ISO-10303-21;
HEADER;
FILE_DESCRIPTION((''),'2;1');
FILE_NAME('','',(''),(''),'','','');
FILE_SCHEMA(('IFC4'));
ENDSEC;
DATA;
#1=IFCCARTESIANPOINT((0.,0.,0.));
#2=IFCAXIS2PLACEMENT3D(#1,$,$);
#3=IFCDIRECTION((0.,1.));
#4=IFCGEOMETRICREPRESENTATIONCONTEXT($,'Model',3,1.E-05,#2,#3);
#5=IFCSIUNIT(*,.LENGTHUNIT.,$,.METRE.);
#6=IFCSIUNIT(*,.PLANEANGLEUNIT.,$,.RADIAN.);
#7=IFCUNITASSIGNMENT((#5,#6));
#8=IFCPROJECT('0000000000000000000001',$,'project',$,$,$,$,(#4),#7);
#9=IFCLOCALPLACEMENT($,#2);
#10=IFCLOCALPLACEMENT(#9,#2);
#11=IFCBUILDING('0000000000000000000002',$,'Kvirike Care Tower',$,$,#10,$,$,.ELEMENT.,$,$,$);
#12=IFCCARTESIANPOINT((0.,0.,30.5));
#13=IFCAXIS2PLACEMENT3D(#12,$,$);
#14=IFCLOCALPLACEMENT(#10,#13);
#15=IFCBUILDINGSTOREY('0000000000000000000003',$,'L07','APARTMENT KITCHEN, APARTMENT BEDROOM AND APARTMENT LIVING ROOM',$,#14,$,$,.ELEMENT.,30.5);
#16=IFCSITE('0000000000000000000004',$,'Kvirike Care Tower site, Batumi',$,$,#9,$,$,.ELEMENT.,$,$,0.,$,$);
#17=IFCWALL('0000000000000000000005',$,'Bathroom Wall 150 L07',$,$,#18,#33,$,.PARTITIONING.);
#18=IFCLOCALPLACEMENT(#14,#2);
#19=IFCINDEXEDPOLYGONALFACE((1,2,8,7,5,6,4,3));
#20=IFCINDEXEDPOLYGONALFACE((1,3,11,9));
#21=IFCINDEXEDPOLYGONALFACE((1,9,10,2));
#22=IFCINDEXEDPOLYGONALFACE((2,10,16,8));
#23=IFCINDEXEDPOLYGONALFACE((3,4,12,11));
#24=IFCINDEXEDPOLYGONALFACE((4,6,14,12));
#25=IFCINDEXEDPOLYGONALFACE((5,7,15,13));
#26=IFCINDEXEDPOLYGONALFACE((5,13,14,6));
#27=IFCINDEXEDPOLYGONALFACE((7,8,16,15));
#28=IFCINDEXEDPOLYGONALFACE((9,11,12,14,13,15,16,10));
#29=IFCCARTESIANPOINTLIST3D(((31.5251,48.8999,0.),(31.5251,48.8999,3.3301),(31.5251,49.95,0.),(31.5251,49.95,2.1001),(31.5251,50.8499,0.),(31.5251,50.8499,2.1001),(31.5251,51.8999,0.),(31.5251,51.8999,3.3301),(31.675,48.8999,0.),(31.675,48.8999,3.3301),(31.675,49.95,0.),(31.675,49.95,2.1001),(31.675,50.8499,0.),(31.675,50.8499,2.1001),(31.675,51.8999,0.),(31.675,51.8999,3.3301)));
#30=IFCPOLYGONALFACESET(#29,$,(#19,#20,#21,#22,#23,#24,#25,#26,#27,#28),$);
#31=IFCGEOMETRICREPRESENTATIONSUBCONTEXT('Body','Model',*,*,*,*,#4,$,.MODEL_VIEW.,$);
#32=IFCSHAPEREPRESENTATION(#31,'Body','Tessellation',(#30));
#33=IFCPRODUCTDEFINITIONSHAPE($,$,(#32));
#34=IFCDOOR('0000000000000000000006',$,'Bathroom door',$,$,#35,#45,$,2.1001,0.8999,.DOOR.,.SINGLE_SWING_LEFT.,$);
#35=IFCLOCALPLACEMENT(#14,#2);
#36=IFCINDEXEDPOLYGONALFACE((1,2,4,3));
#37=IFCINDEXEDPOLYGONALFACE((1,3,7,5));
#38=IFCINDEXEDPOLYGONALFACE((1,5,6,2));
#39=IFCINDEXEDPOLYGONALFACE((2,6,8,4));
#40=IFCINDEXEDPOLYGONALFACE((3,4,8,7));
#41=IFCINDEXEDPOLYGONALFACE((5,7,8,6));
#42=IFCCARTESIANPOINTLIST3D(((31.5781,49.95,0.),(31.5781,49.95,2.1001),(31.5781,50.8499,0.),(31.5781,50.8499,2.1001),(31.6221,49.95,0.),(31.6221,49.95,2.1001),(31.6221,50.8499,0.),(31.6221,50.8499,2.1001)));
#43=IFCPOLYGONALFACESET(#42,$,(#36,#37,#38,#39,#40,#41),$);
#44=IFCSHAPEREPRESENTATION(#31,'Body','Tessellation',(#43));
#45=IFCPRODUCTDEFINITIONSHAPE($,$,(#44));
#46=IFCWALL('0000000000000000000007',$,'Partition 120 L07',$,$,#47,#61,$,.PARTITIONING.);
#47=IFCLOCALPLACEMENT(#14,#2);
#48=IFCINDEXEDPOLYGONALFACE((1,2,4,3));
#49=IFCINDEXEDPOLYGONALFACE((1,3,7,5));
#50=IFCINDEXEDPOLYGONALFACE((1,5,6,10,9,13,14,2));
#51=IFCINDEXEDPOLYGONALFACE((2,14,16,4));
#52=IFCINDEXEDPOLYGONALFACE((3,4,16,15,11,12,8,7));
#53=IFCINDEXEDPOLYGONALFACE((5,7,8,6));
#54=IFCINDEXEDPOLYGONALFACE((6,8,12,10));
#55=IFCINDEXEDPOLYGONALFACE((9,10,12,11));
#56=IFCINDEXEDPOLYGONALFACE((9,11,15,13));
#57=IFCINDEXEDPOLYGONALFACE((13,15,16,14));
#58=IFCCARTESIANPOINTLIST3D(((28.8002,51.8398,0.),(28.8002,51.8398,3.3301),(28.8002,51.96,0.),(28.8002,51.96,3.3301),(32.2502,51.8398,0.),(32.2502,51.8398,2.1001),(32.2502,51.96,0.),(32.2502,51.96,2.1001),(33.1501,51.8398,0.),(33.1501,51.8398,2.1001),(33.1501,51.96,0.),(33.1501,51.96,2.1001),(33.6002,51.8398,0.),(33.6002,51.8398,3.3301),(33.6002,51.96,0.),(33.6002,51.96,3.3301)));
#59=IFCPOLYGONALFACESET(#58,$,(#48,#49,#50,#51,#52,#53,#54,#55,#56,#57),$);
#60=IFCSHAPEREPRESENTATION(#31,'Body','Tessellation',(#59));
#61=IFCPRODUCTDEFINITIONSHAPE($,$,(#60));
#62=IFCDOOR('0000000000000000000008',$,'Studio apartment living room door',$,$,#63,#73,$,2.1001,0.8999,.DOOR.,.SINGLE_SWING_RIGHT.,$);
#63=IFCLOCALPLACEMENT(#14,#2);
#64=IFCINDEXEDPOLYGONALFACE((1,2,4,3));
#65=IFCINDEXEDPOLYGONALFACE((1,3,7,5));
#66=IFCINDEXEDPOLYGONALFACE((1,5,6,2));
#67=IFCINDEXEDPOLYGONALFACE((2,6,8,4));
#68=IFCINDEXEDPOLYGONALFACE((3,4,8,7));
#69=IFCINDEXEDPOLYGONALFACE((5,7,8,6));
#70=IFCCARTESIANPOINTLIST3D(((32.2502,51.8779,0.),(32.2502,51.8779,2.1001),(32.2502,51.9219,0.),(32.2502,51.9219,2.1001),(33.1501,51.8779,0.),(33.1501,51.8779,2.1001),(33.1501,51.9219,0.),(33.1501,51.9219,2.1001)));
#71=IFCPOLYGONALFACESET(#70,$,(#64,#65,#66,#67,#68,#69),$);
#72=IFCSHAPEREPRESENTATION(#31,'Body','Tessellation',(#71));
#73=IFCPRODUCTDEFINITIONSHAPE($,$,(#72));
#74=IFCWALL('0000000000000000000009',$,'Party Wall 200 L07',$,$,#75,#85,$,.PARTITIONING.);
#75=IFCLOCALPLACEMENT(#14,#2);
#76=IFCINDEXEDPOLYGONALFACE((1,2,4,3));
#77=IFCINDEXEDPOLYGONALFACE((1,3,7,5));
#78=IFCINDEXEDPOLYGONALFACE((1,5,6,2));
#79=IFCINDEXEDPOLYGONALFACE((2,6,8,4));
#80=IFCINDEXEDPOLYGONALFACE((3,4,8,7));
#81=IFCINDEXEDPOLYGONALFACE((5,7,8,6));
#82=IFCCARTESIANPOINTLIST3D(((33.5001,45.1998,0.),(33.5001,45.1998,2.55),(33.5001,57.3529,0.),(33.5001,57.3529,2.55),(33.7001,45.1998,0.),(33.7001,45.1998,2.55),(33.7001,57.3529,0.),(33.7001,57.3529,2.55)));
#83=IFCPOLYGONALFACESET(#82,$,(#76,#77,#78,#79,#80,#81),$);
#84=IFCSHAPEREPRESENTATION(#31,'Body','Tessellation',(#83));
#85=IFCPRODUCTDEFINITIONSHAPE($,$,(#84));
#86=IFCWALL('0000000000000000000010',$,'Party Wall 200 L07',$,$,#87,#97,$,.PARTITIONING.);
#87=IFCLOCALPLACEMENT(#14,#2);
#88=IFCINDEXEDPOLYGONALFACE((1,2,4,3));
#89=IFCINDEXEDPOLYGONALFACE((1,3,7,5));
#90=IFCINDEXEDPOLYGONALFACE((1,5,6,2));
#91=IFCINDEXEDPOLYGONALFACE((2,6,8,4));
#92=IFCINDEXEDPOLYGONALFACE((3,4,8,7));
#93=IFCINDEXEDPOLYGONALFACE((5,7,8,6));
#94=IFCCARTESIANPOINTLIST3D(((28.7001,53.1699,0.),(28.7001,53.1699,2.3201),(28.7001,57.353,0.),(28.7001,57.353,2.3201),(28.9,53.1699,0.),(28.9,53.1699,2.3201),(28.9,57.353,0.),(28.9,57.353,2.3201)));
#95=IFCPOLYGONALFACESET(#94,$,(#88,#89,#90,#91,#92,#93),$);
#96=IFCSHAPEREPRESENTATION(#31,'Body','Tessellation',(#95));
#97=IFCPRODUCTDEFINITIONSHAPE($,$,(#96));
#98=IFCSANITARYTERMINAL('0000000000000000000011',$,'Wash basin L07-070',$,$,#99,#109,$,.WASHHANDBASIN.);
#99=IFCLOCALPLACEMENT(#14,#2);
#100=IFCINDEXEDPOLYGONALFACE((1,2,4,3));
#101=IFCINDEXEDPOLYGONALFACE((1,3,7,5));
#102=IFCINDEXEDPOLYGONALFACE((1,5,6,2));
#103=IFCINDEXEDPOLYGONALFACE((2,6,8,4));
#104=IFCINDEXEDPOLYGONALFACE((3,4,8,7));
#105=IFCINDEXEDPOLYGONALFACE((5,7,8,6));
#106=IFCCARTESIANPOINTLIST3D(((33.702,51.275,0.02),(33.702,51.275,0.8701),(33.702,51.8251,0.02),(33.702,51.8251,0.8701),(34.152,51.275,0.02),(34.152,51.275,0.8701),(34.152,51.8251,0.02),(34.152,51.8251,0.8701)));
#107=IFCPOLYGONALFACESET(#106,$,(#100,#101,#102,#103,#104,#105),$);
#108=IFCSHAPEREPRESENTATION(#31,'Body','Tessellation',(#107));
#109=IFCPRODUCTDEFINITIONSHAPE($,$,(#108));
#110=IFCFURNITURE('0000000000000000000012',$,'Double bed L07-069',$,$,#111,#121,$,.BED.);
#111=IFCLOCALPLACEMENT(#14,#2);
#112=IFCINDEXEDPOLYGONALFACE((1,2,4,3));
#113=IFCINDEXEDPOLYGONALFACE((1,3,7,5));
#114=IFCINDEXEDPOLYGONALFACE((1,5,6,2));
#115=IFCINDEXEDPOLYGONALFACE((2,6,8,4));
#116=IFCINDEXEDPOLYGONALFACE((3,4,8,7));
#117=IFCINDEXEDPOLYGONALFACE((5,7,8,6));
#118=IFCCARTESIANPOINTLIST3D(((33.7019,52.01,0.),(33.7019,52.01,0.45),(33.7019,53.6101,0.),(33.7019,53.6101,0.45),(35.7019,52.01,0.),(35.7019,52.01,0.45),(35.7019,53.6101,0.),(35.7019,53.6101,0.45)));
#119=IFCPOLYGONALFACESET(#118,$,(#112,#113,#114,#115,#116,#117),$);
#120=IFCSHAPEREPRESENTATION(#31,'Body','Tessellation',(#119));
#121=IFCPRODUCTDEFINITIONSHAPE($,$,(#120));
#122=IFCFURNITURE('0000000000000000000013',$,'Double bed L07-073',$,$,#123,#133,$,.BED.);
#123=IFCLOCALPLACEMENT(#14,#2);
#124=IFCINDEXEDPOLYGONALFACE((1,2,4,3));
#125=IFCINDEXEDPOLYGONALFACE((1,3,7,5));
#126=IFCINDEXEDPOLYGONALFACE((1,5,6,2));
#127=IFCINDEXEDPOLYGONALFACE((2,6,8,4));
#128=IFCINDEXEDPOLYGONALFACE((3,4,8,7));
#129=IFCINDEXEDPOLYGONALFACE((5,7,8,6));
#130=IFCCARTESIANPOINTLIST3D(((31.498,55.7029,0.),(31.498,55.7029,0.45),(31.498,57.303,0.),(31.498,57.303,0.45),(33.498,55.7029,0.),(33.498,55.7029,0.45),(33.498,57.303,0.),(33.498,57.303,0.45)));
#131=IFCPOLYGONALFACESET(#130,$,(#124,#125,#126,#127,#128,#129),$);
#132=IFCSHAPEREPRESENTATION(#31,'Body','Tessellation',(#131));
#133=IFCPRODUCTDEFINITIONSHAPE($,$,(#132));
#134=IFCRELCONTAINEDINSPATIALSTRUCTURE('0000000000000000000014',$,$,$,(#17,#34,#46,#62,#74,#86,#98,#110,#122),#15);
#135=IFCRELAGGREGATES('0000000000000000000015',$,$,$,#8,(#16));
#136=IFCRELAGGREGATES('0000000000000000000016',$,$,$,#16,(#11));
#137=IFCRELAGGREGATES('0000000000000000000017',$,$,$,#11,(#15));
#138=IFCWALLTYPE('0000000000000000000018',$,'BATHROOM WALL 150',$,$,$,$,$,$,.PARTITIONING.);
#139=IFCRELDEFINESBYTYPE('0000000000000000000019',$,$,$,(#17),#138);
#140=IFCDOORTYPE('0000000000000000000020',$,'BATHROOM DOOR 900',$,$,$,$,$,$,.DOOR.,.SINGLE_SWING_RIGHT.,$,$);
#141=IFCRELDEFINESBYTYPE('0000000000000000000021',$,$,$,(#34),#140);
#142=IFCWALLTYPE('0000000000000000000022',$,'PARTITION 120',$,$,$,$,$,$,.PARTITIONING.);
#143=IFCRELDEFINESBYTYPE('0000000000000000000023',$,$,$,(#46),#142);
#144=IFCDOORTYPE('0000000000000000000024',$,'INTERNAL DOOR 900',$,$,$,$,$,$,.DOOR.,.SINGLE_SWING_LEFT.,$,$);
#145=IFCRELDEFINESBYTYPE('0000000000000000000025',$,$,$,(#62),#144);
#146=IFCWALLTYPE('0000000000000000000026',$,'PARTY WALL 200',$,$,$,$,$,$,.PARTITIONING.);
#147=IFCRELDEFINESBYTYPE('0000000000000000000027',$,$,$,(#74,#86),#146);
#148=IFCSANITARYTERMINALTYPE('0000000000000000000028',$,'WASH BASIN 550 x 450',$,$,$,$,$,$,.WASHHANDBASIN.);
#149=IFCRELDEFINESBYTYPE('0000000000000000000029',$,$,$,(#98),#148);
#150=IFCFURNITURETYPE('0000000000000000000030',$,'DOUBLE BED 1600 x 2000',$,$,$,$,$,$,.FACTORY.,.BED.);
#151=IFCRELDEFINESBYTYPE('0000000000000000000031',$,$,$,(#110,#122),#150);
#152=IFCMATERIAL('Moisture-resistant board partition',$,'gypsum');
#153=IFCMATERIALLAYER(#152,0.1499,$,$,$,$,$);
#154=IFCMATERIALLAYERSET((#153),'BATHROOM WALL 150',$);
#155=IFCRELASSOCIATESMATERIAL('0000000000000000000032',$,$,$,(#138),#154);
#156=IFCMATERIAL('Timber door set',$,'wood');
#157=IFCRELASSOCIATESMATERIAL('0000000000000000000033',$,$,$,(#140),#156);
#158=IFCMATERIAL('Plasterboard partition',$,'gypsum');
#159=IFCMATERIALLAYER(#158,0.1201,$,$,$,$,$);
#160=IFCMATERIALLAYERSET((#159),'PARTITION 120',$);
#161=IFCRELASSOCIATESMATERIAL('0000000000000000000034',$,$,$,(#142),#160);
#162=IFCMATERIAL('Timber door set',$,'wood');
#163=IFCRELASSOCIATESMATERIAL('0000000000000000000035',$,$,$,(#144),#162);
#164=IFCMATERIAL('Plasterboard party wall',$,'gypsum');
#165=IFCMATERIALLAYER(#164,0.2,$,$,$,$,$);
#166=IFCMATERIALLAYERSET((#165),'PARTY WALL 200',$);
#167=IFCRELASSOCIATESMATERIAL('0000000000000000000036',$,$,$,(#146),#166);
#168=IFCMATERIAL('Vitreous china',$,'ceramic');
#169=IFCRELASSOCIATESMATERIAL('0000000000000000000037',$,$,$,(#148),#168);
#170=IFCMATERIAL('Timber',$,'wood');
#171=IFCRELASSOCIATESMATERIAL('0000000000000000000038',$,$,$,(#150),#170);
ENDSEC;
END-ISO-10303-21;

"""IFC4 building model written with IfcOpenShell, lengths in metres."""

from ifc_helpers import new_model, si_unit, direction, frame, frame_2d, origin, origin_2d, place, context, subcontext, project, spatial, rectangle, extrude, material, layer, layer_set, type_object, element, fill, save


model = new_model("IFC4")

# Units and contexts
model_context = context("Model", 3, precision=1e-05, world=origin(), true_north=direction((0.0, 1.0)))
body_context = subcontext(model_context, "Body", "Model", "MODEL_VIEW")
ifc_project = project(units=[si_unit("LENGTHUNIT", "METRE"), si_unit("PLANEANGLEUNIT", "RADIAN")], contexts=[model_context])

# Site, building, storey
site_placement = place(None, origin())
site = spatial("IfcSite", under=ifc_project, at=site_placement, Name="Kvirike Care Tower site, Batumi", CompositionType="ELEMENT", RefElevation=0.0)
building_placement = place(site_placement, origin())
building = spatial("IfcBuilding", under=site, at=building_placement, Name="Kvirike Care Tower", CompositionType="ELEMENT")
storey_placement = place(building_placement, frame((0.0, 0.0, 30.5)))
storey = spatial("IfcBuildingStorey", under=building, at=storey_placement, Name="L07", Description="APARTMENT KITCHEN, APARTMENT BEDROOM AND APARTMENT LIVING ROOM", CompositionType="ELEMENT", Elevation=30.5)

# Walls, openings, doors
ifc_material_1 = material(Name="Moisture-resistant board partition", Category="gypsum")
ifc_layer_1 = layer(ifc_material_1, 0.1499)
ifc_layer_set_1 = layer_set([ifc_layer_1], Name="BATHROOM WALL 150")
wall_type_1 = type_object("IfcWallType", Name="BATHROOM WALL 150", PredefinedType="PARTITIONING", material=ifc_layer_set_1)
wall_1_placement = place(storey_placement, frame((31.6001, 51.8999, 0.0), z_axis=(0.0, 0.0, 1.0), x_axis=(0.0, -1.0, 0.0)))
wall_1 = element("IfcWall", 1, at=wall_1_placement, inside=storey, type_object=wall_type_1, Name="Bathroom Wall 150 L07", PredefinedType="PARTITIONING", context=body_context, shape_type="SweptSolid", body=[
    extrude(rectangle(XDim=3.0, YDim=0.1499, at=frame_2d((1.5, 0.0))), origin(), (0.0, 0.0, 1.0), 3.3301),
])
opening_1_placement = place(wall_1_placement, frame((1.05, 0.0, 0.0)))
opening_1 = element("IfcOpeningElement", 2, at=opening_1_placement, cuts=wall_1, PredefinedType="OPENING", context=body_context, shape_type="SweptSolid", body=[
    extrude(rectangle(XDim=0.8999, YDim=2.1001, at=frame_2d((0.45, 1.05))), frame((0.0, 0.0854, 0.0), z_axis=(0.0, -1.0, 0.0), x_axis=(1.0, 0.0, 0.0)), (0.0, 0.0, 1.0), 0.1709),
])
ifc_material_2 = material(Name="Timber door set", Category="wood")
door_type_1 = type_object("IfcDoorType", Name="BATHROOM DOOR 900", OperationType="SINGLE_SWING_RIGHT", PredefinedType="DOOR", material=ifc_material_2)
door_1_placement = place(opening_1_placement, frame((0.8999, 0.0, 0.0), z_axis=(0.0, 0.0, 1.0), x_axis=(-1.0, 0.0, 0.0)))
door_1 = element("IfcDoor", 3, at=door_1_placement, inside=storey, type_object=door_type_1, Name="Bathroom door", OperationType="SINGLE_SWING_LEFT", OverallHeight=2.1001, OverallWidth=0.8999, PredefinedType="DOOR", context=body_context, shape_type="SweptSolid", body=[
    extrude(rectangle(XDim=0.8999, YDim=2.1001, at=frame_2d((0.45, 1.05))), frame((0.0, 0.022, 0.0), z_axis=(0.0, -1.0, 0.0), x_axis=(1.0, 0.0, 0.0)), (0.0, 0.0, 1.0), 0.0439),
])
fill(opening_1, door_1)
ifc_material_3 = material(Name="Plasterboard partition", Category="gypsum")
ifc_layer_2 = layer(ifc_material_3, 0.1201)
ifc_layer_set_2 = layer_set([ifc_layer_2], Name="PARTITION 120")
wall_type_2 = type_object("IfcWallType", Name="PARTITION 120", PredefinedType="PARTITIONING", material=ifc_layer_set_2)
wall_2_placement = place(storey_placement, frame((33.6001, 51.8999, 0.0), z_axis=(0.0, 0.0, 1.0), x_axis=(-1.0, 0.0, 0.0)))
wall_2 = element("IfcWall", 4, at=wall_2_placement, inside=storey, type_object=wall_type_2, Name="Partition 120 L07", PredefinedType="PARTITIONING", context=body_context, shape_type="SweptSolid", body=[
    extrude(rectangle(XDim=4.8, YDim=0.1201, at=frame_2d((2.3999, 0.0))), origin(), (0.0, 0.0, 1.0), 3.3301),
])
opening_2_placement = place(wall_2_placement, frame((0.45, 0.0, 0.0)))
opening_2 = element("IfcOpeningElement", 5, at=opening_2_placement, cuts=wall_2, PredefinedType="OPENING", context=body_context, shape_type="SweptSolid", body=[
    extrude(rectangle(XDim=0.8999, YDim=2.1001, at=frame_2d((0.45, 1.05))), frame((0.0, 0.0706, 0.0), z_axis=(0.0, -1.0, 0.0), x_axis=(1.0, 0.0, 0.0)), (0.0, 0.0, 1.0), 0.1411),
])
ifc_material_4 = material(Name="Timber door set", Category="wood")
door_type_2 = type_object("IfcDoorType", Name="INTERNAL DOOR 900", OperationType="SINGLE_SWING_LEFT", PredefinedType="DOOR", material=ifc_material_4)
door_2_placement = place(opening_2_placement, origin())
door_2 = element("IfcDoor", 6, at=door_2_placement, inside=storey, type_object=door_type_2, Name="Studio apartment living room door", OperationType="SINGLE_SWING_RIGHT", OverallHeight=2.1001, OverallWidth=0.8999, PredefinedType="DOOR", context=body_context, shape_type="SweptSolid", body=[
    extrude(rectangle(XDim=0.8999, YDim=2.1001, at=frame_2d((0.45, 1.05))), frame((0.0, 0.022, 0.0), z_axis=(0.0, -1.0, 0.0), x_axis=(1.0, 0.0, 0.0)), (0.0, 0.0, 1.0), 0.0439),
])
fill(opening_2, door_2)

# Walls
ifc_material_5 = material(Name="Plasterboard party wall", Category="gypsum")
ifc_layer_3 = layer(ifc_material_5, 0.2)
ifc_layer_set_3 = layer_set([ifc_layer_3], Name="PARTY WALL 200")
wall_type_3 = type_object("IfcWallType", Name="PARTY WALL 200", PredefinedType="PARTITIONING", material=ifc_layer_set_3)
wall_3_placement = place(storey_placement, frame((33.6001, 57.353, 0.0), z_axis=(0.0, 0.0, 1.0), x_axis=(0.0, -1.0, 0.0)))
element("IfcWall", 7, at=wall_3_placement, inside=storey, type_object=wall_type_3, Name="Party Wall 200 L07", PredefinedType="PARTITIONING", context=body_context, shape_type="SweptSolid", body=[
    extrude(rectangle(XDim=12.1531, YDim=0.2, at=frame_2d((6.0767, 0.0))), origin(), (0.0, 0.0, 1.0), 2.55),
])
wall_4_placement = place(storey_placement, frame((28.8, 53.1699, 0.0), z_axis=(0.0, 0.0, 1.0), x_axis=(0.0, 1.0, 0.0)))
element("IfcWall", 8, at=wall_4_placement, inside=storey, type_object=wall_type_3, Name="Party Wall 200 L07", PredefinedType="PARTITIONING", context=body_context, shape_type="SweptSolid", body=[
    extrude(rectangle(XDim=4.1831, YDim=0.2, at=frame_2d((2.0916, 0.0))), origin(), (0.0, 0.0, 1.0), 2.3201),
])

# Sanitary terminal
ifc_material_6 = material(Name="Vitreous china", Category="ceramic")
sanitary_terminal_type = type_object("IfcSanitaryTerminalType", Name="WASH BASIN 550 x 450", PredefinedType="WASHHANDBASIN", material=ifc_material_6)
sanitary_terminal_placement = place(storey_placement, frame((33.927, 51.55, 0.02), z_axis=(0.0, 0.0, 1.0), x_axis=(0.0, 1.0, 0.0)))
element("IfcSanitaryTerminal", 9, at=sanitary_terminal_placement, inside=storey, type_object=sanitary_terminal_type, Name="Wash basin L07-070", PredefinedType="WASHHANDBASIN", context=body_context, shape_type="SweptSolid", body=[
    extrude(rectangle(XDim=0.55, YDim=0.45, at=origin_2d()), origin(), (0.0, 0.0, 1.0), 0.8501),
])

# Furniture
ifc_material_7 = material(Name="Timber", Category="wood")
furniture_type = type_object("IfcFurnitureType", Name="DOUBLE BED 1600 x 2000", AssemblyPlace="FACTORY", PredefinedType="BED", material=ifc_material_7)
for number, where, z_axis, x_axis, name in (
    (10, (34.7019, 52.8101, 0.0), (0.0, 0.0, 1.0), (0.0, 1.0, 0.0), "Double bed L07-069"),
    (11, (32.498, 56.5029, 0.0), (0.0, 0.0, 1.0), (0.0, -1.0, 0.0), "Double bed L07-073"),
):
    element("IfcFurniture", number, at=place(storey_placement, frame(where, z_axis=z_axis, x_axis=x_axis)), inside=storey, type_object=furniture_type, Name=name, PredefinedType="BED", context=body_context, shape_type="SweptSolid", body=[
        extrude(rectangle(XDim=1.6001, YDim=2.0, at=origin_2d()), origin(), (0.0, 0.0, 1.0), 0.45),
    ])

save(model, "model.ifc")
